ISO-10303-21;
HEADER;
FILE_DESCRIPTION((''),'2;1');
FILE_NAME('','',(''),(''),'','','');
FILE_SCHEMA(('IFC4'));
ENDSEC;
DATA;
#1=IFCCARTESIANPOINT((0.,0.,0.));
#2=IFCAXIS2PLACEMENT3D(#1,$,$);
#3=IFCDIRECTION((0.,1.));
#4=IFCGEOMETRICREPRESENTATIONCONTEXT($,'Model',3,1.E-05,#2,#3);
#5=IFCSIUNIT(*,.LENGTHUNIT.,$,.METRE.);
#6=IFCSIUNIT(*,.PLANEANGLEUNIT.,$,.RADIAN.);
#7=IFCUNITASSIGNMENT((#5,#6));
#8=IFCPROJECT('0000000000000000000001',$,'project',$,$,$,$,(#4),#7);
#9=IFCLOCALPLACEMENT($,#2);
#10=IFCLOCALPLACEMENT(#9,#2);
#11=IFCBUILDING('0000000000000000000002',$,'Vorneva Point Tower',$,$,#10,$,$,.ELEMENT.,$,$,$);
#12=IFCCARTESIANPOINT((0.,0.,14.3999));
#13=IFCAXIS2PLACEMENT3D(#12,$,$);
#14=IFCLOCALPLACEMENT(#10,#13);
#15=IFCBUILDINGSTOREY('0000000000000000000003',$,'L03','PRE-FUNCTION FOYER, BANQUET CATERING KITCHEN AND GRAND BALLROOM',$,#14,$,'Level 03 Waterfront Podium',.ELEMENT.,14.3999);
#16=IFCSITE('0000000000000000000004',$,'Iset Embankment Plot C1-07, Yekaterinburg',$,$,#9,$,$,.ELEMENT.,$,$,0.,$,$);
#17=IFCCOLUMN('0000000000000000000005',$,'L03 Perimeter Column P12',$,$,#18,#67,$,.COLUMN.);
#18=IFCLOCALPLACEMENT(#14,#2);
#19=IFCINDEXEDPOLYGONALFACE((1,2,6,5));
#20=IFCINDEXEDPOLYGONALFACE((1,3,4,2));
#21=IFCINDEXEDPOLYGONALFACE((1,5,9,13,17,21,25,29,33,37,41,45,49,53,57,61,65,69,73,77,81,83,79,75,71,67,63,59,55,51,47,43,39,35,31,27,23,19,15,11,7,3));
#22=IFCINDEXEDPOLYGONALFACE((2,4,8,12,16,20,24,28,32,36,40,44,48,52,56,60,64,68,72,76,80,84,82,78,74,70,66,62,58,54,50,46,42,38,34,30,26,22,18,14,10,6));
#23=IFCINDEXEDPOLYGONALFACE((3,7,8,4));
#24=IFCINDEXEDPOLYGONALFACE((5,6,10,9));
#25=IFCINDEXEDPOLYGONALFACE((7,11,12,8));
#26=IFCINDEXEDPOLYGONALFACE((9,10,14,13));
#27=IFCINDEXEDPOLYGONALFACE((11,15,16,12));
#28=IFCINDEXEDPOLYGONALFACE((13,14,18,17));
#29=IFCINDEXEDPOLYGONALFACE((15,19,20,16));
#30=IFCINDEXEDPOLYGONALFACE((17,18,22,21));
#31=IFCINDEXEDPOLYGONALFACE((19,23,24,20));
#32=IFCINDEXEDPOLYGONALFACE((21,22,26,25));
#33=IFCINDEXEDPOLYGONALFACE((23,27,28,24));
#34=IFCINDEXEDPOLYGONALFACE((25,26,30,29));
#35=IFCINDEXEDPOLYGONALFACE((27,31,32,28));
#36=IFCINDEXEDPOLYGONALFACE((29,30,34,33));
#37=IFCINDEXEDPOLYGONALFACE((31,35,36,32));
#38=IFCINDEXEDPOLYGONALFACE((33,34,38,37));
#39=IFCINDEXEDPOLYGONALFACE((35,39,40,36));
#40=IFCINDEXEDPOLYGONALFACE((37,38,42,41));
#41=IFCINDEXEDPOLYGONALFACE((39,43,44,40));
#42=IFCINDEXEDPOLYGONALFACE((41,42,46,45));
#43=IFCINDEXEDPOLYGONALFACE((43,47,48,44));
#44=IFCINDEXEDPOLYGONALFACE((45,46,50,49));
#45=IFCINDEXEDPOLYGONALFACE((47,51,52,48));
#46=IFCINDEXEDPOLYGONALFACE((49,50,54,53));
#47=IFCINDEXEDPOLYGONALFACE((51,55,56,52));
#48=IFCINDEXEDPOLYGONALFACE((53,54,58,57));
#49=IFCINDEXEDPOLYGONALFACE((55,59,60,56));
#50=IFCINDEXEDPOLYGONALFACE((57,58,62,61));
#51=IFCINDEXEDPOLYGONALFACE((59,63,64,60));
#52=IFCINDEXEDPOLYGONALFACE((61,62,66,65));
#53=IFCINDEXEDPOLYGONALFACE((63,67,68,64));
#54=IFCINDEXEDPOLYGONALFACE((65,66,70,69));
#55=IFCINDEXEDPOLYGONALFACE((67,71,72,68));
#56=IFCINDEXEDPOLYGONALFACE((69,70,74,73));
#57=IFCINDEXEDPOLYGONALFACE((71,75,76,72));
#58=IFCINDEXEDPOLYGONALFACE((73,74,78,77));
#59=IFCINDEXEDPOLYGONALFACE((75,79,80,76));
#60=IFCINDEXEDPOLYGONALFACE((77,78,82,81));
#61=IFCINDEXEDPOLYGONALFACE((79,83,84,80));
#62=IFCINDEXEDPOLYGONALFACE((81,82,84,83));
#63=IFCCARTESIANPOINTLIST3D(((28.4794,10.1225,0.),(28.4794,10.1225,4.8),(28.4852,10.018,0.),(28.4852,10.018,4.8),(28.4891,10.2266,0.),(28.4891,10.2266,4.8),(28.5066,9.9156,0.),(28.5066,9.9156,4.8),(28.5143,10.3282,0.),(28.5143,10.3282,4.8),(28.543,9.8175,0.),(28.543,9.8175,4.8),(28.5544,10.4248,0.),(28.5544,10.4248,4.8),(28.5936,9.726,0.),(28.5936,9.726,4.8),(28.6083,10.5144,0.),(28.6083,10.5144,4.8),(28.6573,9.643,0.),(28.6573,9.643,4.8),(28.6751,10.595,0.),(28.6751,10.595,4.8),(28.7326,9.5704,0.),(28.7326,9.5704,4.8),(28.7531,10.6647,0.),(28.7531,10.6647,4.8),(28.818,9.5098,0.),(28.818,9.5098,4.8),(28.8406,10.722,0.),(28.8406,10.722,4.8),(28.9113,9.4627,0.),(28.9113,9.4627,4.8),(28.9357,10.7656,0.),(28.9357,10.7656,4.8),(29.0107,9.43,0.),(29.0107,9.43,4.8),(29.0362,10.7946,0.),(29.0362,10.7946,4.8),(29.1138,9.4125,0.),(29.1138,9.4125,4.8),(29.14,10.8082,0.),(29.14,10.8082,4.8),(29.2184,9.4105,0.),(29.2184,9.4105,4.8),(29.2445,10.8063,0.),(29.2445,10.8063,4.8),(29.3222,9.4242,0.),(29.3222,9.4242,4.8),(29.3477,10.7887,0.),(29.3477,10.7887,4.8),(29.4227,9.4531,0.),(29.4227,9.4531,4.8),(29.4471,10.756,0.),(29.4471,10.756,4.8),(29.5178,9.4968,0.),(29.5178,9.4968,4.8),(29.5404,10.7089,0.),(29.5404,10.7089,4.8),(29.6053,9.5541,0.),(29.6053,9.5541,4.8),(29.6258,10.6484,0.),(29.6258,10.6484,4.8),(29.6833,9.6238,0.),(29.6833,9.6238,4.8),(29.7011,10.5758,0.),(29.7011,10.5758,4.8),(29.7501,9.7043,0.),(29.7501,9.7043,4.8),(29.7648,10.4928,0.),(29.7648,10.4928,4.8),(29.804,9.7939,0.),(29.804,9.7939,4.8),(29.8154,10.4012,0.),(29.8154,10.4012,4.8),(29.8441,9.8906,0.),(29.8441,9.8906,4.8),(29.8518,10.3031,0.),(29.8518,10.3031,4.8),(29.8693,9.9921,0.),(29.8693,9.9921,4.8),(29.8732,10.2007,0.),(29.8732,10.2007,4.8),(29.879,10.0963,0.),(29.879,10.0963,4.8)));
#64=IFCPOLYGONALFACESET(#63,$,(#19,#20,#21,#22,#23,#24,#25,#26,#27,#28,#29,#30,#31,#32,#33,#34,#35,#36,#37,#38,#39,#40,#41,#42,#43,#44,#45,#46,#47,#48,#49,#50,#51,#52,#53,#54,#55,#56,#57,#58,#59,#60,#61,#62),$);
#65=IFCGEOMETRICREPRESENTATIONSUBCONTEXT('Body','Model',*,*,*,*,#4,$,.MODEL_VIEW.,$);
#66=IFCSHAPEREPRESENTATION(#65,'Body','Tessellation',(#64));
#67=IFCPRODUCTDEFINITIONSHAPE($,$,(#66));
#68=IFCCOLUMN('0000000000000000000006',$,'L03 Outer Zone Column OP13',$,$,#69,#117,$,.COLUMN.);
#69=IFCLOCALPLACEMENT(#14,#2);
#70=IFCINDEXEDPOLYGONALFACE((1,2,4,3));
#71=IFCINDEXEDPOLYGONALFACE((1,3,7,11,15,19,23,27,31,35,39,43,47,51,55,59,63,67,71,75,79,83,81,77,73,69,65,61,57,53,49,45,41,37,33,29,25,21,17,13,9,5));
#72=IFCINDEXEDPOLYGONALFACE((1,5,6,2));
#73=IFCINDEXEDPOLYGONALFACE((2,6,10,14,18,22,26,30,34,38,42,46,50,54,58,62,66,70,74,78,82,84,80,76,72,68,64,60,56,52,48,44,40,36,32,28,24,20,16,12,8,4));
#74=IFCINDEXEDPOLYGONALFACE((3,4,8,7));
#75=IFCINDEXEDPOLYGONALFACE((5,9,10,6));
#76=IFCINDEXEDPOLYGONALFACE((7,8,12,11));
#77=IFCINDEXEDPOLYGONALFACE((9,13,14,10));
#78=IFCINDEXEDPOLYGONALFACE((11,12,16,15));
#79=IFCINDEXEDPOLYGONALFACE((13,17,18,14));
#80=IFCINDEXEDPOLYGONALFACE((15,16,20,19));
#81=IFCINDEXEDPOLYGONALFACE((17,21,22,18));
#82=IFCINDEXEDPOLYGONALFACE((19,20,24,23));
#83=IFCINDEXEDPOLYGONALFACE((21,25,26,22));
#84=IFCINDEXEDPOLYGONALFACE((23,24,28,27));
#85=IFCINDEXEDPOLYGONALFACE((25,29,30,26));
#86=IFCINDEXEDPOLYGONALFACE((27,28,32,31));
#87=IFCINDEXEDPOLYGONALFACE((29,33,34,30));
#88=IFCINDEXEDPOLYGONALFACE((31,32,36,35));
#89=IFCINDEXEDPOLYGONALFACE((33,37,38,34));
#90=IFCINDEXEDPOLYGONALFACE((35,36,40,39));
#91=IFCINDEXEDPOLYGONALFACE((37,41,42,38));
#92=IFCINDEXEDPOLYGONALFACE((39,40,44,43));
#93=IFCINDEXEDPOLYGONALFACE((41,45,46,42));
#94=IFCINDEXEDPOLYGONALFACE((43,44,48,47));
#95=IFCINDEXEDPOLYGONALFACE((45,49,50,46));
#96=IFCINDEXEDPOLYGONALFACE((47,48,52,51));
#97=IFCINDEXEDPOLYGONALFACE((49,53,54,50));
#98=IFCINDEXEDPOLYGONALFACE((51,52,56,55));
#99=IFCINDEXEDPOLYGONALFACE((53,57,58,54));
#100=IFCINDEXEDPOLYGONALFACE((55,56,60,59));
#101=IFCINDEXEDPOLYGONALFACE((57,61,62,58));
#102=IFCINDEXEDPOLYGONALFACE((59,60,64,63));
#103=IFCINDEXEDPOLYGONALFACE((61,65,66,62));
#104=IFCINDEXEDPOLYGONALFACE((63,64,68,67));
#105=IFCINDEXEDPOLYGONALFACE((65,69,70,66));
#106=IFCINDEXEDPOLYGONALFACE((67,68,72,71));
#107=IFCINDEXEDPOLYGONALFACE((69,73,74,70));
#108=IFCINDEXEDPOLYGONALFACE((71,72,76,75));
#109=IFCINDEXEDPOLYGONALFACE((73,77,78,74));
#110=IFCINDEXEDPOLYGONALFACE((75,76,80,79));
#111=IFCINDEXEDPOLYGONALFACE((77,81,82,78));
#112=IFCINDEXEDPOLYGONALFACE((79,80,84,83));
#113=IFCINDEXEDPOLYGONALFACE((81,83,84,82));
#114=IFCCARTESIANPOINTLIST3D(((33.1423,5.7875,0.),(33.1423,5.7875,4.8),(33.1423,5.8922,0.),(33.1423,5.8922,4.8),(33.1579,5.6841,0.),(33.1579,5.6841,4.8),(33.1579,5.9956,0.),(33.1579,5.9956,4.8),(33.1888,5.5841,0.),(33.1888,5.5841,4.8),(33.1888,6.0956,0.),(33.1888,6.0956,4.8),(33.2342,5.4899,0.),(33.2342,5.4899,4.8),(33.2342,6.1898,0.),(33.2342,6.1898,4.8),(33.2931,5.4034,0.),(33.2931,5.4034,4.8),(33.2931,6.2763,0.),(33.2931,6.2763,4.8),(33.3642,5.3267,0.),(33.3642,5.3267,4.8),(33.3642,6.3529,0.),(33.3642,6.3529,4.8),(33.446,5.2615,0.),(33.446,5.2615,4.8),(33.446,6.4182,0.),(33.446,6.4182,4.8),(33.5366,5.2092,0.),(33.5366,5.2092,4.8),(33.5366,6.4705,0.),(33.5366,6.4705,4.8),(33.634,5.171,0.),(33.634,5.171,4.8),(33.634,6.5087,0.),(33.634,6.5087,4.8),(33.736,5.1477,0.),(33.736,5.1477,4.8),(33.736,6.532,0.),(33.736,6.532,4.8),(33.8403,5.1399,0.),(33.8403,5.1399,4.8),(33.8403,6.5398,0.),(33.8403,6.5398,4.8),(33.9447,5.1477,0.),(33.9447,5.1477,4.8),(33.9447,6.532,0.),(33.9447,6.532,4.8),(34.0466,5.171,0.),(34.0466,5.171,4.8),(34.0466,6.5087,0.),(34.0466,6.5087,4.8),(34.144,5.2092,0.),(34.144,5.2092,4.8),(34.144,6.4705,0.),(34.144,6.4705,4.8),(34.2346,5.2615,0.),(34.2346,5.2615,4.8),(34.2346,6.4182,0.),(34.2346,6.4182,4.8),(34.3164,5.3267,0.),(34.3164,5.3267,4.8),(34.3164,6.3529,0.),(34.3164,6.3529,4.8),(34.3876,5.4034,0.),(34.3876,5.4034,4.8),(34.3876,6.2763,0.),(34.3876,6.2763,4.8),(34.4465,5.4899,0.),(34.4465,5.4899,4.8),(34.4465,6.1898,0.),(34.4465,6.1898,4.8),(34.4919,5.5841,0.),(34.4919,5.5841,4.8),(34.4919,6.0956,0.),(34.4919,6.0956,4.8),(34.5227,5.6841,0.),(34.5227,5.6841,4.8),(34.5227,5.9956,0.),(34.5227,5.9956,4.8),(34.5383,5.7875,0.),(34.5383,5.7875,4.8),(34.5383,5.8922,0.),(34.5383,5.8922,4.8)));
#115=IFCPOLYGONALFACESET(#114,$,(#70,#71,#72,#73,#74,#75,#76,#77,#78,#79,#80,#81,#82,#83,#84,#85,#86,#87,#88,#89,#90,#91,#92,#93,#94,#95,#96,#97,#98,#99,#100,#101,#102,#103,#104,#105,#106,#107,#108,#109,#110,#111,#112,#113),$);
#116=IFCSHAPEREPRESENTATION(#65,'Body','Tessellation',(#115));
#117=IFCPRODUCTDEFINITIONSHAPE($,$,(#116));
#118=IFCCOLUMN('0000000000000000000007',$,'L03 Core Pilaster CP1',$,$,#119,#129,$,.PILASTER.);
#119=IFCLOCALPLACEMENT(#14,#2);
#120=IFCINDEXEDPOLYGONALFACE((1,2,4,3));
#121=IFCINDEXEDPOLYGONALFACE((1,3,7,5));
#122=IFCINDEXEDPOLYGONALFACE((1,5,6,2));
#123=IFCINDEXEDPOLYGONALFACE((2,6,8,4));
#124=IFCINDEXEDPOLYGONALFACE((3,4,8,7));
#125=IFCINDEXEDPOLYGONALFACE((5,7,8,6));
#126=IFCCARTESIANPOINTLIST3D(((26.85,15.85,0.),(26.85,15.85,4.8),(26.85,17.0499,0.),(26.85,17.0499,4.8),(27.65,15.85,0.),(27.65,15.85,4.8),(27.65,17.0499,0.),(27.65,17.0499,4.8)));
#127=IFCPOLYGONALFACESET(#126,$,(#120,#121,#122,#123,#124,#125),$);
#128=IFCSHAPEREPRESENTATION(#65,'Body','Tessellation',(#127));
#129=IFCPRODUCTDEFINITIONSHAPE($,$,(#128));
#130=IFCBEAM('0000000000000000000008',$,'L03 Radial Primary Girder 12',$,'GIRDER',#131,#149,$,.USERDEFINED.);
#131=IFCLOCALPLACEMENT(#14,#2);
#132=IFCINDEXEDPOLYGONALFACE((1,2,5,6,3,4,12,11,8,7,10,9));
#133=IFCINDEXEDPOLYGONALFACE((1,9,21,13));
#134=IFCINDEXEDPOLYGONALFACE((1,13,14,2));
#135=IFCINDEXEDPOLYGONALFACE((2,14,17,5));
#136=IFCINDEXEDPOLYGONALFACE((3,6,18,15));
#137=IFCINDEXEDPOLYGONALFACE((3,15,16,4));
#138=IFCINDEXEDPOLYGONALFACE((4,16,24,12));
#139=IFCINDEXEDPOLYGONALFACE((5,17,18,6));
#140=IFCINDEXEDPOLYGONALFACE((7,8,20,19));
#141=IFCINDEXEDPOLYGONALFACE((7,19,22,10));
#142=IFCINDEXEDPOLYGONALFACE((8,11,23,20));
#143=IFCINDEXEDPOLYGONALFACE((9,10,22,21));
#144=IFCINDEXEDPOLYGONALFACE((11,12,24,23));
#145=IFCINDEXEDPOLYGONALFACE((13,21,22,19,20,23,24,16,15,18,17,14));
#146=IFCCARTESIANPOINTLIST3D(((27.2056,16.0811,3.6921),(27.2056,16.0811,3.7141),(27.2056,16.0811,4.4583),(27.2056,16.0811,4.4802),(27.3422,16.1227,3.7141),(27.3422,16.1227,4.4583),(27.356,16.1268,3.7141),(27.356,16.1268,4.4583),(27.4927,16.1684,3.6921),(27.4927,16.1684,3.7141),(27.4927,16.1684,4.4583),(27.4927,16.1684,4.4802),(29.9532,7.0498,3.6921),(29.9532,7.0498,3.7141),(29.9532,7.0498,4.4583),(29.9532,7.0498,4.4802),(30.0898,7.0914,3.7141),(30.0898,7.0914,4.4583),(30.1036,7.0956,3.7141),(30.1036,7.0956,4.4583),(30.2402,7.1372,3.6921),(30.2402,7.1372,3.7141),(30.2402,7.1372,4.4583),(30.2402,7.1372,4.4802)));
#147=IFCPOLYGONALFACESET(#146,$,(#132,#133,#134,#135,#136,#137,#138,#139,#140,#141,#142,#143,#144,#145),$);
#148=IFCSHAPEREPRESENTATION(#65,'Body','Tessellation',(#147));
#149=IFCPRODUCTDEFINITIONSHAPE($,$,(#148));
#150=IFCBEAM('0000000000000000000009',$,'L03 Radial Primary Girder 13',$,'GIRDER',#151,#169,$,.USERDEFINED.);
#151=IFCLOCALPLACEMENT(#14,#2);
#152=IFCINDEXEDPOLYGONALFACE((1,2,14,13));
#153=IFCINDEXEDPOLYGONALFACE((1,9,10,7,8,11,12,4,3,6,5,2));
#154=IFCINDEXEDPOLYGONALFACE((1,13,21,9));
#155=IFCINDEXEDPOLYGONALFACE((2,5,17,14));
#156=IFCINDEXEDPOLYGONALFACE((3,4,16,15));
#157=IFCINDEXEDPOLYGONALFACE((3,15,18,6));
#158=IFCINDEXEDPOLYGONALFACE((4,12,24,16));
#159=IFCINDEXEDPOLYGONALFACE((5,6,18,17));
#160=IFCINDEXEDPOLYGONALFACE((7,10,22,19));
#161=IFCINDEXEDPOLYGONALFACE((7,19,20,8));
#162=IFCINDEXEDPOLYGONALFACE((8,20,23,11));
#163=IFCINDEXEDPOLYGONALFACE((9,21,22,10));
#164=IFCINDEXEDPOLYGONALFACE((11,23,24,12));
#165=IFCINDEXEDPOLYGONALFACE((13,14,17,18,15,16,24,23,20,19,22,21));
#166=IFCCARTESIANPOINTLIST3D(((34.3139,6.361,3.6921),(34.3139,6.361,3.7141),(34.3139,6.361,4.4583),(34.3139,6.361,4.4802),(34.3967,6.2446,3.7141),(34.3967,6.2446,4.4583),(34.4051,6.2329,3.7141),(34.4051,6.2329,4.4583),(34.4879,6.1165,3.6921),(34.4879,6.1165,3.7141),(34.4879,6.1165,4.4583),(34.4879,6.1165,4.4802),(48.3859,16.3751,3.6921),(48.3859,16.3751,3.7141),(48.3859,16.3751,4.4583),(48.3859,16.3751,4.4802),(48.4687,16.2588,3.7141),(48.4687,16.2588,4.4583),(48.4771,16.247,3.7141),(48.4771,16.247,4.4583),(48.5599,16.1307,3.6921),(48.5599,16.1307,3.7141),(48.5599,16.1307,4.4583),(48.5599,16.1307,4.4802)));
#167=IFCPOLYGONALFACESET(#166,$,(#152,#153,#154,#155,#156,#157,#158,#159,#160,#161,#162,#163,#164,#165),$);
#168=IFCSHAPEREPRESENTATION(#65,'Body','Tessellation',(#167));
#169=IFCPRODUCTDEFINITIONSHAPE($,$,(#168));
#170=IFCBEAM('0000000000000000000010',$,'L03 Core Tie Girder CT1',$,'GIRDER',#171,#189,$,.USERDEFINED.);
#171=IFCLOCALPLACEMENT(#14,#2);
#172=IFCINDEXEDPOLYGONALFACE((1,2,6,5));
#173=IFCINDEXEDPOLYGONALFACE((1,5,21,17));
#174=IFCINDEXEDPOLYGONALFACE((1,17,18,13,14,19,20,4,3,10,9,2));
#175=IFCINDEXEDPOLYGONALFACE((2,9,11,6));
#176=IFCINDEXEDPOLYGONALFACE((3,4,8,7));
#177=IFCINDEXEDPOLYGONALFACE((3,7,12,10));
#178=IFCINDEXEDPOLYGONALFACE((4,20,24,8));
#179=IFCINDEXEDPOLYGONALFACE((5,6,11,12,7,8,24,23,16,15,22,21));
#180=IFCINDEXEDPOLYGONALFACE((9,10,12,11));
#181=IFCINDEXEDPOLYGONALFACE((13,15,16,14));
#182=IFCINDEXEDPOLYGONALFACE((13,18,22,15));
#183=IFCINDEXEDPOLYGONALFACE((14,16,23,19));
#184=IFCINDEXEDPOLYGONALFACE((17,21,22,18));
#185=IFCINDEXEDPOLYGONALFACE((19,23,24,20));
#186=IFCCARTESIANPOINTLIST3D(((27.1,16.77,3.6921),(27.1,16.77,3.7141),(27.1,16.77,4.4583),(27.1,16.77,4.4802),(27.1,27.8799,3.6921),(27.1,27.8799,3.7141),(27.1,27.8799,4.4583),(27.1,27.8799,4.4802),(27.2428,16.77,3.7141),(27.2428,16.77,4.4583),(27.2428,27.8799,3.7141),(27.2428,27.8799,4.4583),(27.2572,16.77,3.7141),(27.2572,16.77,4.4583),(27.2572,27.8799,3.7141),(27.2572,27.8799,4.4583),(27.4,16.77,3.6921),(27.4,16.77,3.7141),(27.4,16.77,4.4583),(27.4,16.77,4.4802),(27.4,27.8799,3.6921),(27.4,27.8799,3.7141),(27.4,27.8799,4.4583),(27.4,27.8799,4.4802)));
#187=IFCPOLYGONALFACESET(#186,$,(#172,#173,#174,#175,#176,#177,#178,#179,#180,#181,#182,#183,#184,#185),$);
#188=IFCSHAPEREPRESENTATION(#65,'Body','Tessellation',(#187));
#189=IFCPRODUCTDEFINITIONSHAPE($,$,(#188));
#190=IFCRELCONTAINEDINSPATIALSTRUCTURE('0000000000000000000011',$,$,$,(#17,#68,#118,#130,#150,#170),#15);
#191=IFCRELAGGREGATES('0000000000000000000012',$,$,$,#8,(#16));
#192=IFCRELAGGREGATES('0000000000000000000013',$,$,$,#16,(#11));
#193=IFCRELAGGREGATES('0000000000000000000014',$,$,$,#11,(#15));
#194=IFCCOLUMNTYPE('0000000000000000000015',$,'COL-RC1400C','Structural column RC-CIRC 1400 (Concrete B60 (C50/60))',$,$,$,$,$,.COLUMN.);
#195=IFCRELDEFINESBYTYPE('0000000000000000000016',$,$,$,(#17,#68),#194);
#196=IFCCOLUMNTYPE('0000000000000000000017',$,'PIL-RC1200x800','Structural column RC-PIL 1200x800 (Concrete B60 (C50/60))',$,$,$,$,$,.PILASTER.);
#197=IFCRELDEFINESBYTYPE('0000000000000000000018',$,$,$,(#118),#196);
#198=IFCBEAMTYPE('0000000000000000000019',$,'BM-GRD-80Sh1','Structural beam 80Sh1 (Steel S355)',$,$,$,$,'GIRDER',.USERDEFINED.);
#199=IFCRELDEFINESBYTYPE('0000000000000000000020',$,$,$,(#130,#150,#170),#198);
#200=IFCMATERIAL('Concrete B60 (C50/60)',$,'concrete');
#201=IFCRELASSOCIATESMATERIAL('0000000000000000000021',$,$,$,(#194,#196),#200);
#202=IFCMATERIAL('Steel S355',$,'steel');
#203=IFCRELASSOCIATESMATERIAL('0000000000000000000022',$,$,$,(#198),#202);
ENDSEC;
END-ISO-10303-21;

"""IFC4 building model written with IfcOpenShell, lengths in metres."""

from ifc_helpers import new_model, si_unit, direction, frame, origin, origin_2d, place, context, subcontext, project, spatial, rectangle, circle, i_section, extrude, material, material_profile, profile_set, type_object, element, save


model = new_model("IFC4")

# Units and contexts
model_context = context("Model", 3, precision=1e-05, world=origin(), true_north=direction((0.0, 1.0)))
body_context = subcontext(model_context, "Body", "Model", "MODEL_VIEW")
ifc_project = project(units=[si_unit("LENGTHUNIT", "METRE"), si_unit("PLANEANGLEUNIT", "RADIAN")], contexts=[model_context])

# Site, building, storey
site_placement = place(None, origin())
site = spatial("IfcSite", under=ifc_project, at=site_placement, Name="Iset Embankment Plot C1-07, Yekaterinburg", CompositionType="ELEMENT", RefElevation=0.0)
building_placement = place(site_placement, origin())
building = spatial("IfcBuilding", under=site, at=building_placement, Name="Vorneva Point Tower", CompositionType="ELEMENT")
storey_placement = place(building_placement, frame((0.0, 0.0, 14.3999)))
storey = spatial("IfcBuildingStorey", under=building, at=storey_placement, Name="L03", Description="PRE-FUNCTION FOYER, BANQUET CATERING KITCHEN AND GRAND BALLROOM", LongName="Level 03 Waterfront Podium", CompositionType="ELEMENT", Elevation=14.3999)

# Columns
ifc_material_1 = material(Name="Concrete B60 (C50/60)", Category="concrete")
ifc_material_profile_1 = material_profile(ifc_material_1, circle(Radius=0.7, at=origin_2d()), Name="RC-CIRC 1400")
ifc_profile_set_1 = profile_set([ifc_material_profile_1], Name="Concrete B60 (C50/60)")
column_type_1 = type_object("IfcColumnType", Name="COL-RC1400C", Description="Structural column RC-CIRC 1400 (Concrete B60 (C50/60))", PredefinedType="COLUMN", material=ifc_profile_set_1)
for number, where, z_axis, x_axis, name in (
    (1, (29.1792, 10.1094, 0.0), (0.0, 0.0, 1.0), (-0.382683, -0.92388, 0.0), "L03 Perimeter Column P12"),
    (2, (33.8403, 5.8398, 0.0), (0.0, 0.0, 1.0), (0.0, -1.0, 0.0), "L03 Outer Zone Column OP13"),
):
    element("IfcColumn", number, at=place(storey_placement, frame(where, z_axis=z_axis, x_axis=x_axis)), inside=storey, type_object=column_type_1, Name=name, PredefinedType="COLUMN", context=body_context, shape_type="SweptSolid", body=[
        extrude(circle(Radius=0.7, at=origin_2d()), origin(), (0.0, 0.0, 1.0), 4.8),
    ])
ifc_material_profile_2 = material_profile(ifc_material_1, rectangle(XDim=0.8, YDim=1.2, at=origin_2d()), Name="RC-PIL 1200x800")
ifc_profile_set_2 = profile_set([ifc_material_profile_2], Name="Concrete B60 (C50/60)")
column_type_2 = type_object("IfcColumnType", Name="PIL-RC1200x800", Description="Structural column RC-PIL 1200x800 (Concrete B60 (C50/60))", PredefinedType="PILASTER", material=ifc_profile_set_2)
column_placement = place(storey_placement, frame((27.25, 16.45, 0.0), z_axis=(0.0, 0.0, 1.0), x_axis=(1.0, 0.0, 0.0)))
element("IfcColumn", 3, at=column_placement, inside=storey, type_object=column_type_2, Name="L03 Core Pilaster CP1", PredefinedType="PILASTER", context=body_context, shape_type="SweptSolid", body=[
    extrude(rectangle(XDim=0.8, YDim=1.2, at=origin_2d()), origin(), (0.0, 0.0, 1.0), 4.8),
])

# Beams
ifc_material_2 = material(Name="Steel S355", Category="steel")
ifc_material_profile_3 = material_profile(ifc_material_2, i_section(OverallWidth=0.3, OverallDepth=0.7881, WebThickness=0.0144, FlangeThickness=0.022, at=origin_2d()), Name="80Sh1")
ifc_profile_set_3 = profile_set([ifc_material_profile_3], Name="Steel S355")
beam_type_1 = type_object("IfcBeamType", Name="BM-GRD-80Sh1", Description="Structural beam 80Sh1 (Steel S355)", ElementType="GIRDER", PredefinedType="USERDEFINED", material=ifc_profile_set_3)
beam_1_placement = place(storey_placement, frame((30.0967, 7.0935, 4.0862), z_axis=(-0.291057, 0.956706, 0.0), x_axis=(-0.956706, -0.291057, 0.0)))
element("IfcBeam", 4, at=beam_1_placement, inside=storey, type_object=beam_type_1, Name="L03 Radial Primary Girder 12", ObjectType="GIRDER", PredefinedType="USERDEFINED", context=body_context, shape_type="SweptSolid", body=[
    extrude(i_section(OverallWidth=0.3, OverallDepth=0.7881, WebThickness=0.0144, FlangeThickness=0.022, at=origin_2d()), origin(), (0.0, 0.0, 1.0), 9.4399),
])
beam_2_placement = place(storey_placement, frame((34.4009, 6.2388, 4.0862), z_axis=(0.814753, 0.579808, 0.0), x_axis=(-0.579808, 0.814753, 0.0)))
element("IfcBeam", 5, at=beam_2_placement, inside=storey, type_object=beam_type_1, Name="L03 Radial Primary Girder 13", ObjectType="GIRDER", PredefinedType="USERDEFINED", context=body_context, shape_type="SweptSolid", body=[
    extrude(i_section(OverallWidth=0.3, OverallDepth=0.7881, WebThickness=0.0144, FlangeThickness=0.022, at=origin_2d()), origin(), (0.0, 0.0, 1.0), 17.2715),
])
beam_3_placement = place(storey_placement, frame((27.25, 16.77, 4.0862), z_axis=(0.0, 1.0, 0.0), x_axis=(-1.0, 0.0, 0.0)))
element("IfcBeam", 6, at=beam_3_placement, inside=storey, type_object=beam_type_1, Name="L03 Core Tie Girder CT1", ObjectType="GIRDER", PredefinedType="USERDEFINED", context=body_context, shape_type="SweptSolid", body=[
    extrude(i_section(OverallWidth=0.3, OverallDepth=0.7881, WebThickness=0.0144, FlangeThickness=0.022, at=origin_2d()), origin(), (0.0, 0.0, 1.0), 11.1099),
])

save(model, "model.ifc")
